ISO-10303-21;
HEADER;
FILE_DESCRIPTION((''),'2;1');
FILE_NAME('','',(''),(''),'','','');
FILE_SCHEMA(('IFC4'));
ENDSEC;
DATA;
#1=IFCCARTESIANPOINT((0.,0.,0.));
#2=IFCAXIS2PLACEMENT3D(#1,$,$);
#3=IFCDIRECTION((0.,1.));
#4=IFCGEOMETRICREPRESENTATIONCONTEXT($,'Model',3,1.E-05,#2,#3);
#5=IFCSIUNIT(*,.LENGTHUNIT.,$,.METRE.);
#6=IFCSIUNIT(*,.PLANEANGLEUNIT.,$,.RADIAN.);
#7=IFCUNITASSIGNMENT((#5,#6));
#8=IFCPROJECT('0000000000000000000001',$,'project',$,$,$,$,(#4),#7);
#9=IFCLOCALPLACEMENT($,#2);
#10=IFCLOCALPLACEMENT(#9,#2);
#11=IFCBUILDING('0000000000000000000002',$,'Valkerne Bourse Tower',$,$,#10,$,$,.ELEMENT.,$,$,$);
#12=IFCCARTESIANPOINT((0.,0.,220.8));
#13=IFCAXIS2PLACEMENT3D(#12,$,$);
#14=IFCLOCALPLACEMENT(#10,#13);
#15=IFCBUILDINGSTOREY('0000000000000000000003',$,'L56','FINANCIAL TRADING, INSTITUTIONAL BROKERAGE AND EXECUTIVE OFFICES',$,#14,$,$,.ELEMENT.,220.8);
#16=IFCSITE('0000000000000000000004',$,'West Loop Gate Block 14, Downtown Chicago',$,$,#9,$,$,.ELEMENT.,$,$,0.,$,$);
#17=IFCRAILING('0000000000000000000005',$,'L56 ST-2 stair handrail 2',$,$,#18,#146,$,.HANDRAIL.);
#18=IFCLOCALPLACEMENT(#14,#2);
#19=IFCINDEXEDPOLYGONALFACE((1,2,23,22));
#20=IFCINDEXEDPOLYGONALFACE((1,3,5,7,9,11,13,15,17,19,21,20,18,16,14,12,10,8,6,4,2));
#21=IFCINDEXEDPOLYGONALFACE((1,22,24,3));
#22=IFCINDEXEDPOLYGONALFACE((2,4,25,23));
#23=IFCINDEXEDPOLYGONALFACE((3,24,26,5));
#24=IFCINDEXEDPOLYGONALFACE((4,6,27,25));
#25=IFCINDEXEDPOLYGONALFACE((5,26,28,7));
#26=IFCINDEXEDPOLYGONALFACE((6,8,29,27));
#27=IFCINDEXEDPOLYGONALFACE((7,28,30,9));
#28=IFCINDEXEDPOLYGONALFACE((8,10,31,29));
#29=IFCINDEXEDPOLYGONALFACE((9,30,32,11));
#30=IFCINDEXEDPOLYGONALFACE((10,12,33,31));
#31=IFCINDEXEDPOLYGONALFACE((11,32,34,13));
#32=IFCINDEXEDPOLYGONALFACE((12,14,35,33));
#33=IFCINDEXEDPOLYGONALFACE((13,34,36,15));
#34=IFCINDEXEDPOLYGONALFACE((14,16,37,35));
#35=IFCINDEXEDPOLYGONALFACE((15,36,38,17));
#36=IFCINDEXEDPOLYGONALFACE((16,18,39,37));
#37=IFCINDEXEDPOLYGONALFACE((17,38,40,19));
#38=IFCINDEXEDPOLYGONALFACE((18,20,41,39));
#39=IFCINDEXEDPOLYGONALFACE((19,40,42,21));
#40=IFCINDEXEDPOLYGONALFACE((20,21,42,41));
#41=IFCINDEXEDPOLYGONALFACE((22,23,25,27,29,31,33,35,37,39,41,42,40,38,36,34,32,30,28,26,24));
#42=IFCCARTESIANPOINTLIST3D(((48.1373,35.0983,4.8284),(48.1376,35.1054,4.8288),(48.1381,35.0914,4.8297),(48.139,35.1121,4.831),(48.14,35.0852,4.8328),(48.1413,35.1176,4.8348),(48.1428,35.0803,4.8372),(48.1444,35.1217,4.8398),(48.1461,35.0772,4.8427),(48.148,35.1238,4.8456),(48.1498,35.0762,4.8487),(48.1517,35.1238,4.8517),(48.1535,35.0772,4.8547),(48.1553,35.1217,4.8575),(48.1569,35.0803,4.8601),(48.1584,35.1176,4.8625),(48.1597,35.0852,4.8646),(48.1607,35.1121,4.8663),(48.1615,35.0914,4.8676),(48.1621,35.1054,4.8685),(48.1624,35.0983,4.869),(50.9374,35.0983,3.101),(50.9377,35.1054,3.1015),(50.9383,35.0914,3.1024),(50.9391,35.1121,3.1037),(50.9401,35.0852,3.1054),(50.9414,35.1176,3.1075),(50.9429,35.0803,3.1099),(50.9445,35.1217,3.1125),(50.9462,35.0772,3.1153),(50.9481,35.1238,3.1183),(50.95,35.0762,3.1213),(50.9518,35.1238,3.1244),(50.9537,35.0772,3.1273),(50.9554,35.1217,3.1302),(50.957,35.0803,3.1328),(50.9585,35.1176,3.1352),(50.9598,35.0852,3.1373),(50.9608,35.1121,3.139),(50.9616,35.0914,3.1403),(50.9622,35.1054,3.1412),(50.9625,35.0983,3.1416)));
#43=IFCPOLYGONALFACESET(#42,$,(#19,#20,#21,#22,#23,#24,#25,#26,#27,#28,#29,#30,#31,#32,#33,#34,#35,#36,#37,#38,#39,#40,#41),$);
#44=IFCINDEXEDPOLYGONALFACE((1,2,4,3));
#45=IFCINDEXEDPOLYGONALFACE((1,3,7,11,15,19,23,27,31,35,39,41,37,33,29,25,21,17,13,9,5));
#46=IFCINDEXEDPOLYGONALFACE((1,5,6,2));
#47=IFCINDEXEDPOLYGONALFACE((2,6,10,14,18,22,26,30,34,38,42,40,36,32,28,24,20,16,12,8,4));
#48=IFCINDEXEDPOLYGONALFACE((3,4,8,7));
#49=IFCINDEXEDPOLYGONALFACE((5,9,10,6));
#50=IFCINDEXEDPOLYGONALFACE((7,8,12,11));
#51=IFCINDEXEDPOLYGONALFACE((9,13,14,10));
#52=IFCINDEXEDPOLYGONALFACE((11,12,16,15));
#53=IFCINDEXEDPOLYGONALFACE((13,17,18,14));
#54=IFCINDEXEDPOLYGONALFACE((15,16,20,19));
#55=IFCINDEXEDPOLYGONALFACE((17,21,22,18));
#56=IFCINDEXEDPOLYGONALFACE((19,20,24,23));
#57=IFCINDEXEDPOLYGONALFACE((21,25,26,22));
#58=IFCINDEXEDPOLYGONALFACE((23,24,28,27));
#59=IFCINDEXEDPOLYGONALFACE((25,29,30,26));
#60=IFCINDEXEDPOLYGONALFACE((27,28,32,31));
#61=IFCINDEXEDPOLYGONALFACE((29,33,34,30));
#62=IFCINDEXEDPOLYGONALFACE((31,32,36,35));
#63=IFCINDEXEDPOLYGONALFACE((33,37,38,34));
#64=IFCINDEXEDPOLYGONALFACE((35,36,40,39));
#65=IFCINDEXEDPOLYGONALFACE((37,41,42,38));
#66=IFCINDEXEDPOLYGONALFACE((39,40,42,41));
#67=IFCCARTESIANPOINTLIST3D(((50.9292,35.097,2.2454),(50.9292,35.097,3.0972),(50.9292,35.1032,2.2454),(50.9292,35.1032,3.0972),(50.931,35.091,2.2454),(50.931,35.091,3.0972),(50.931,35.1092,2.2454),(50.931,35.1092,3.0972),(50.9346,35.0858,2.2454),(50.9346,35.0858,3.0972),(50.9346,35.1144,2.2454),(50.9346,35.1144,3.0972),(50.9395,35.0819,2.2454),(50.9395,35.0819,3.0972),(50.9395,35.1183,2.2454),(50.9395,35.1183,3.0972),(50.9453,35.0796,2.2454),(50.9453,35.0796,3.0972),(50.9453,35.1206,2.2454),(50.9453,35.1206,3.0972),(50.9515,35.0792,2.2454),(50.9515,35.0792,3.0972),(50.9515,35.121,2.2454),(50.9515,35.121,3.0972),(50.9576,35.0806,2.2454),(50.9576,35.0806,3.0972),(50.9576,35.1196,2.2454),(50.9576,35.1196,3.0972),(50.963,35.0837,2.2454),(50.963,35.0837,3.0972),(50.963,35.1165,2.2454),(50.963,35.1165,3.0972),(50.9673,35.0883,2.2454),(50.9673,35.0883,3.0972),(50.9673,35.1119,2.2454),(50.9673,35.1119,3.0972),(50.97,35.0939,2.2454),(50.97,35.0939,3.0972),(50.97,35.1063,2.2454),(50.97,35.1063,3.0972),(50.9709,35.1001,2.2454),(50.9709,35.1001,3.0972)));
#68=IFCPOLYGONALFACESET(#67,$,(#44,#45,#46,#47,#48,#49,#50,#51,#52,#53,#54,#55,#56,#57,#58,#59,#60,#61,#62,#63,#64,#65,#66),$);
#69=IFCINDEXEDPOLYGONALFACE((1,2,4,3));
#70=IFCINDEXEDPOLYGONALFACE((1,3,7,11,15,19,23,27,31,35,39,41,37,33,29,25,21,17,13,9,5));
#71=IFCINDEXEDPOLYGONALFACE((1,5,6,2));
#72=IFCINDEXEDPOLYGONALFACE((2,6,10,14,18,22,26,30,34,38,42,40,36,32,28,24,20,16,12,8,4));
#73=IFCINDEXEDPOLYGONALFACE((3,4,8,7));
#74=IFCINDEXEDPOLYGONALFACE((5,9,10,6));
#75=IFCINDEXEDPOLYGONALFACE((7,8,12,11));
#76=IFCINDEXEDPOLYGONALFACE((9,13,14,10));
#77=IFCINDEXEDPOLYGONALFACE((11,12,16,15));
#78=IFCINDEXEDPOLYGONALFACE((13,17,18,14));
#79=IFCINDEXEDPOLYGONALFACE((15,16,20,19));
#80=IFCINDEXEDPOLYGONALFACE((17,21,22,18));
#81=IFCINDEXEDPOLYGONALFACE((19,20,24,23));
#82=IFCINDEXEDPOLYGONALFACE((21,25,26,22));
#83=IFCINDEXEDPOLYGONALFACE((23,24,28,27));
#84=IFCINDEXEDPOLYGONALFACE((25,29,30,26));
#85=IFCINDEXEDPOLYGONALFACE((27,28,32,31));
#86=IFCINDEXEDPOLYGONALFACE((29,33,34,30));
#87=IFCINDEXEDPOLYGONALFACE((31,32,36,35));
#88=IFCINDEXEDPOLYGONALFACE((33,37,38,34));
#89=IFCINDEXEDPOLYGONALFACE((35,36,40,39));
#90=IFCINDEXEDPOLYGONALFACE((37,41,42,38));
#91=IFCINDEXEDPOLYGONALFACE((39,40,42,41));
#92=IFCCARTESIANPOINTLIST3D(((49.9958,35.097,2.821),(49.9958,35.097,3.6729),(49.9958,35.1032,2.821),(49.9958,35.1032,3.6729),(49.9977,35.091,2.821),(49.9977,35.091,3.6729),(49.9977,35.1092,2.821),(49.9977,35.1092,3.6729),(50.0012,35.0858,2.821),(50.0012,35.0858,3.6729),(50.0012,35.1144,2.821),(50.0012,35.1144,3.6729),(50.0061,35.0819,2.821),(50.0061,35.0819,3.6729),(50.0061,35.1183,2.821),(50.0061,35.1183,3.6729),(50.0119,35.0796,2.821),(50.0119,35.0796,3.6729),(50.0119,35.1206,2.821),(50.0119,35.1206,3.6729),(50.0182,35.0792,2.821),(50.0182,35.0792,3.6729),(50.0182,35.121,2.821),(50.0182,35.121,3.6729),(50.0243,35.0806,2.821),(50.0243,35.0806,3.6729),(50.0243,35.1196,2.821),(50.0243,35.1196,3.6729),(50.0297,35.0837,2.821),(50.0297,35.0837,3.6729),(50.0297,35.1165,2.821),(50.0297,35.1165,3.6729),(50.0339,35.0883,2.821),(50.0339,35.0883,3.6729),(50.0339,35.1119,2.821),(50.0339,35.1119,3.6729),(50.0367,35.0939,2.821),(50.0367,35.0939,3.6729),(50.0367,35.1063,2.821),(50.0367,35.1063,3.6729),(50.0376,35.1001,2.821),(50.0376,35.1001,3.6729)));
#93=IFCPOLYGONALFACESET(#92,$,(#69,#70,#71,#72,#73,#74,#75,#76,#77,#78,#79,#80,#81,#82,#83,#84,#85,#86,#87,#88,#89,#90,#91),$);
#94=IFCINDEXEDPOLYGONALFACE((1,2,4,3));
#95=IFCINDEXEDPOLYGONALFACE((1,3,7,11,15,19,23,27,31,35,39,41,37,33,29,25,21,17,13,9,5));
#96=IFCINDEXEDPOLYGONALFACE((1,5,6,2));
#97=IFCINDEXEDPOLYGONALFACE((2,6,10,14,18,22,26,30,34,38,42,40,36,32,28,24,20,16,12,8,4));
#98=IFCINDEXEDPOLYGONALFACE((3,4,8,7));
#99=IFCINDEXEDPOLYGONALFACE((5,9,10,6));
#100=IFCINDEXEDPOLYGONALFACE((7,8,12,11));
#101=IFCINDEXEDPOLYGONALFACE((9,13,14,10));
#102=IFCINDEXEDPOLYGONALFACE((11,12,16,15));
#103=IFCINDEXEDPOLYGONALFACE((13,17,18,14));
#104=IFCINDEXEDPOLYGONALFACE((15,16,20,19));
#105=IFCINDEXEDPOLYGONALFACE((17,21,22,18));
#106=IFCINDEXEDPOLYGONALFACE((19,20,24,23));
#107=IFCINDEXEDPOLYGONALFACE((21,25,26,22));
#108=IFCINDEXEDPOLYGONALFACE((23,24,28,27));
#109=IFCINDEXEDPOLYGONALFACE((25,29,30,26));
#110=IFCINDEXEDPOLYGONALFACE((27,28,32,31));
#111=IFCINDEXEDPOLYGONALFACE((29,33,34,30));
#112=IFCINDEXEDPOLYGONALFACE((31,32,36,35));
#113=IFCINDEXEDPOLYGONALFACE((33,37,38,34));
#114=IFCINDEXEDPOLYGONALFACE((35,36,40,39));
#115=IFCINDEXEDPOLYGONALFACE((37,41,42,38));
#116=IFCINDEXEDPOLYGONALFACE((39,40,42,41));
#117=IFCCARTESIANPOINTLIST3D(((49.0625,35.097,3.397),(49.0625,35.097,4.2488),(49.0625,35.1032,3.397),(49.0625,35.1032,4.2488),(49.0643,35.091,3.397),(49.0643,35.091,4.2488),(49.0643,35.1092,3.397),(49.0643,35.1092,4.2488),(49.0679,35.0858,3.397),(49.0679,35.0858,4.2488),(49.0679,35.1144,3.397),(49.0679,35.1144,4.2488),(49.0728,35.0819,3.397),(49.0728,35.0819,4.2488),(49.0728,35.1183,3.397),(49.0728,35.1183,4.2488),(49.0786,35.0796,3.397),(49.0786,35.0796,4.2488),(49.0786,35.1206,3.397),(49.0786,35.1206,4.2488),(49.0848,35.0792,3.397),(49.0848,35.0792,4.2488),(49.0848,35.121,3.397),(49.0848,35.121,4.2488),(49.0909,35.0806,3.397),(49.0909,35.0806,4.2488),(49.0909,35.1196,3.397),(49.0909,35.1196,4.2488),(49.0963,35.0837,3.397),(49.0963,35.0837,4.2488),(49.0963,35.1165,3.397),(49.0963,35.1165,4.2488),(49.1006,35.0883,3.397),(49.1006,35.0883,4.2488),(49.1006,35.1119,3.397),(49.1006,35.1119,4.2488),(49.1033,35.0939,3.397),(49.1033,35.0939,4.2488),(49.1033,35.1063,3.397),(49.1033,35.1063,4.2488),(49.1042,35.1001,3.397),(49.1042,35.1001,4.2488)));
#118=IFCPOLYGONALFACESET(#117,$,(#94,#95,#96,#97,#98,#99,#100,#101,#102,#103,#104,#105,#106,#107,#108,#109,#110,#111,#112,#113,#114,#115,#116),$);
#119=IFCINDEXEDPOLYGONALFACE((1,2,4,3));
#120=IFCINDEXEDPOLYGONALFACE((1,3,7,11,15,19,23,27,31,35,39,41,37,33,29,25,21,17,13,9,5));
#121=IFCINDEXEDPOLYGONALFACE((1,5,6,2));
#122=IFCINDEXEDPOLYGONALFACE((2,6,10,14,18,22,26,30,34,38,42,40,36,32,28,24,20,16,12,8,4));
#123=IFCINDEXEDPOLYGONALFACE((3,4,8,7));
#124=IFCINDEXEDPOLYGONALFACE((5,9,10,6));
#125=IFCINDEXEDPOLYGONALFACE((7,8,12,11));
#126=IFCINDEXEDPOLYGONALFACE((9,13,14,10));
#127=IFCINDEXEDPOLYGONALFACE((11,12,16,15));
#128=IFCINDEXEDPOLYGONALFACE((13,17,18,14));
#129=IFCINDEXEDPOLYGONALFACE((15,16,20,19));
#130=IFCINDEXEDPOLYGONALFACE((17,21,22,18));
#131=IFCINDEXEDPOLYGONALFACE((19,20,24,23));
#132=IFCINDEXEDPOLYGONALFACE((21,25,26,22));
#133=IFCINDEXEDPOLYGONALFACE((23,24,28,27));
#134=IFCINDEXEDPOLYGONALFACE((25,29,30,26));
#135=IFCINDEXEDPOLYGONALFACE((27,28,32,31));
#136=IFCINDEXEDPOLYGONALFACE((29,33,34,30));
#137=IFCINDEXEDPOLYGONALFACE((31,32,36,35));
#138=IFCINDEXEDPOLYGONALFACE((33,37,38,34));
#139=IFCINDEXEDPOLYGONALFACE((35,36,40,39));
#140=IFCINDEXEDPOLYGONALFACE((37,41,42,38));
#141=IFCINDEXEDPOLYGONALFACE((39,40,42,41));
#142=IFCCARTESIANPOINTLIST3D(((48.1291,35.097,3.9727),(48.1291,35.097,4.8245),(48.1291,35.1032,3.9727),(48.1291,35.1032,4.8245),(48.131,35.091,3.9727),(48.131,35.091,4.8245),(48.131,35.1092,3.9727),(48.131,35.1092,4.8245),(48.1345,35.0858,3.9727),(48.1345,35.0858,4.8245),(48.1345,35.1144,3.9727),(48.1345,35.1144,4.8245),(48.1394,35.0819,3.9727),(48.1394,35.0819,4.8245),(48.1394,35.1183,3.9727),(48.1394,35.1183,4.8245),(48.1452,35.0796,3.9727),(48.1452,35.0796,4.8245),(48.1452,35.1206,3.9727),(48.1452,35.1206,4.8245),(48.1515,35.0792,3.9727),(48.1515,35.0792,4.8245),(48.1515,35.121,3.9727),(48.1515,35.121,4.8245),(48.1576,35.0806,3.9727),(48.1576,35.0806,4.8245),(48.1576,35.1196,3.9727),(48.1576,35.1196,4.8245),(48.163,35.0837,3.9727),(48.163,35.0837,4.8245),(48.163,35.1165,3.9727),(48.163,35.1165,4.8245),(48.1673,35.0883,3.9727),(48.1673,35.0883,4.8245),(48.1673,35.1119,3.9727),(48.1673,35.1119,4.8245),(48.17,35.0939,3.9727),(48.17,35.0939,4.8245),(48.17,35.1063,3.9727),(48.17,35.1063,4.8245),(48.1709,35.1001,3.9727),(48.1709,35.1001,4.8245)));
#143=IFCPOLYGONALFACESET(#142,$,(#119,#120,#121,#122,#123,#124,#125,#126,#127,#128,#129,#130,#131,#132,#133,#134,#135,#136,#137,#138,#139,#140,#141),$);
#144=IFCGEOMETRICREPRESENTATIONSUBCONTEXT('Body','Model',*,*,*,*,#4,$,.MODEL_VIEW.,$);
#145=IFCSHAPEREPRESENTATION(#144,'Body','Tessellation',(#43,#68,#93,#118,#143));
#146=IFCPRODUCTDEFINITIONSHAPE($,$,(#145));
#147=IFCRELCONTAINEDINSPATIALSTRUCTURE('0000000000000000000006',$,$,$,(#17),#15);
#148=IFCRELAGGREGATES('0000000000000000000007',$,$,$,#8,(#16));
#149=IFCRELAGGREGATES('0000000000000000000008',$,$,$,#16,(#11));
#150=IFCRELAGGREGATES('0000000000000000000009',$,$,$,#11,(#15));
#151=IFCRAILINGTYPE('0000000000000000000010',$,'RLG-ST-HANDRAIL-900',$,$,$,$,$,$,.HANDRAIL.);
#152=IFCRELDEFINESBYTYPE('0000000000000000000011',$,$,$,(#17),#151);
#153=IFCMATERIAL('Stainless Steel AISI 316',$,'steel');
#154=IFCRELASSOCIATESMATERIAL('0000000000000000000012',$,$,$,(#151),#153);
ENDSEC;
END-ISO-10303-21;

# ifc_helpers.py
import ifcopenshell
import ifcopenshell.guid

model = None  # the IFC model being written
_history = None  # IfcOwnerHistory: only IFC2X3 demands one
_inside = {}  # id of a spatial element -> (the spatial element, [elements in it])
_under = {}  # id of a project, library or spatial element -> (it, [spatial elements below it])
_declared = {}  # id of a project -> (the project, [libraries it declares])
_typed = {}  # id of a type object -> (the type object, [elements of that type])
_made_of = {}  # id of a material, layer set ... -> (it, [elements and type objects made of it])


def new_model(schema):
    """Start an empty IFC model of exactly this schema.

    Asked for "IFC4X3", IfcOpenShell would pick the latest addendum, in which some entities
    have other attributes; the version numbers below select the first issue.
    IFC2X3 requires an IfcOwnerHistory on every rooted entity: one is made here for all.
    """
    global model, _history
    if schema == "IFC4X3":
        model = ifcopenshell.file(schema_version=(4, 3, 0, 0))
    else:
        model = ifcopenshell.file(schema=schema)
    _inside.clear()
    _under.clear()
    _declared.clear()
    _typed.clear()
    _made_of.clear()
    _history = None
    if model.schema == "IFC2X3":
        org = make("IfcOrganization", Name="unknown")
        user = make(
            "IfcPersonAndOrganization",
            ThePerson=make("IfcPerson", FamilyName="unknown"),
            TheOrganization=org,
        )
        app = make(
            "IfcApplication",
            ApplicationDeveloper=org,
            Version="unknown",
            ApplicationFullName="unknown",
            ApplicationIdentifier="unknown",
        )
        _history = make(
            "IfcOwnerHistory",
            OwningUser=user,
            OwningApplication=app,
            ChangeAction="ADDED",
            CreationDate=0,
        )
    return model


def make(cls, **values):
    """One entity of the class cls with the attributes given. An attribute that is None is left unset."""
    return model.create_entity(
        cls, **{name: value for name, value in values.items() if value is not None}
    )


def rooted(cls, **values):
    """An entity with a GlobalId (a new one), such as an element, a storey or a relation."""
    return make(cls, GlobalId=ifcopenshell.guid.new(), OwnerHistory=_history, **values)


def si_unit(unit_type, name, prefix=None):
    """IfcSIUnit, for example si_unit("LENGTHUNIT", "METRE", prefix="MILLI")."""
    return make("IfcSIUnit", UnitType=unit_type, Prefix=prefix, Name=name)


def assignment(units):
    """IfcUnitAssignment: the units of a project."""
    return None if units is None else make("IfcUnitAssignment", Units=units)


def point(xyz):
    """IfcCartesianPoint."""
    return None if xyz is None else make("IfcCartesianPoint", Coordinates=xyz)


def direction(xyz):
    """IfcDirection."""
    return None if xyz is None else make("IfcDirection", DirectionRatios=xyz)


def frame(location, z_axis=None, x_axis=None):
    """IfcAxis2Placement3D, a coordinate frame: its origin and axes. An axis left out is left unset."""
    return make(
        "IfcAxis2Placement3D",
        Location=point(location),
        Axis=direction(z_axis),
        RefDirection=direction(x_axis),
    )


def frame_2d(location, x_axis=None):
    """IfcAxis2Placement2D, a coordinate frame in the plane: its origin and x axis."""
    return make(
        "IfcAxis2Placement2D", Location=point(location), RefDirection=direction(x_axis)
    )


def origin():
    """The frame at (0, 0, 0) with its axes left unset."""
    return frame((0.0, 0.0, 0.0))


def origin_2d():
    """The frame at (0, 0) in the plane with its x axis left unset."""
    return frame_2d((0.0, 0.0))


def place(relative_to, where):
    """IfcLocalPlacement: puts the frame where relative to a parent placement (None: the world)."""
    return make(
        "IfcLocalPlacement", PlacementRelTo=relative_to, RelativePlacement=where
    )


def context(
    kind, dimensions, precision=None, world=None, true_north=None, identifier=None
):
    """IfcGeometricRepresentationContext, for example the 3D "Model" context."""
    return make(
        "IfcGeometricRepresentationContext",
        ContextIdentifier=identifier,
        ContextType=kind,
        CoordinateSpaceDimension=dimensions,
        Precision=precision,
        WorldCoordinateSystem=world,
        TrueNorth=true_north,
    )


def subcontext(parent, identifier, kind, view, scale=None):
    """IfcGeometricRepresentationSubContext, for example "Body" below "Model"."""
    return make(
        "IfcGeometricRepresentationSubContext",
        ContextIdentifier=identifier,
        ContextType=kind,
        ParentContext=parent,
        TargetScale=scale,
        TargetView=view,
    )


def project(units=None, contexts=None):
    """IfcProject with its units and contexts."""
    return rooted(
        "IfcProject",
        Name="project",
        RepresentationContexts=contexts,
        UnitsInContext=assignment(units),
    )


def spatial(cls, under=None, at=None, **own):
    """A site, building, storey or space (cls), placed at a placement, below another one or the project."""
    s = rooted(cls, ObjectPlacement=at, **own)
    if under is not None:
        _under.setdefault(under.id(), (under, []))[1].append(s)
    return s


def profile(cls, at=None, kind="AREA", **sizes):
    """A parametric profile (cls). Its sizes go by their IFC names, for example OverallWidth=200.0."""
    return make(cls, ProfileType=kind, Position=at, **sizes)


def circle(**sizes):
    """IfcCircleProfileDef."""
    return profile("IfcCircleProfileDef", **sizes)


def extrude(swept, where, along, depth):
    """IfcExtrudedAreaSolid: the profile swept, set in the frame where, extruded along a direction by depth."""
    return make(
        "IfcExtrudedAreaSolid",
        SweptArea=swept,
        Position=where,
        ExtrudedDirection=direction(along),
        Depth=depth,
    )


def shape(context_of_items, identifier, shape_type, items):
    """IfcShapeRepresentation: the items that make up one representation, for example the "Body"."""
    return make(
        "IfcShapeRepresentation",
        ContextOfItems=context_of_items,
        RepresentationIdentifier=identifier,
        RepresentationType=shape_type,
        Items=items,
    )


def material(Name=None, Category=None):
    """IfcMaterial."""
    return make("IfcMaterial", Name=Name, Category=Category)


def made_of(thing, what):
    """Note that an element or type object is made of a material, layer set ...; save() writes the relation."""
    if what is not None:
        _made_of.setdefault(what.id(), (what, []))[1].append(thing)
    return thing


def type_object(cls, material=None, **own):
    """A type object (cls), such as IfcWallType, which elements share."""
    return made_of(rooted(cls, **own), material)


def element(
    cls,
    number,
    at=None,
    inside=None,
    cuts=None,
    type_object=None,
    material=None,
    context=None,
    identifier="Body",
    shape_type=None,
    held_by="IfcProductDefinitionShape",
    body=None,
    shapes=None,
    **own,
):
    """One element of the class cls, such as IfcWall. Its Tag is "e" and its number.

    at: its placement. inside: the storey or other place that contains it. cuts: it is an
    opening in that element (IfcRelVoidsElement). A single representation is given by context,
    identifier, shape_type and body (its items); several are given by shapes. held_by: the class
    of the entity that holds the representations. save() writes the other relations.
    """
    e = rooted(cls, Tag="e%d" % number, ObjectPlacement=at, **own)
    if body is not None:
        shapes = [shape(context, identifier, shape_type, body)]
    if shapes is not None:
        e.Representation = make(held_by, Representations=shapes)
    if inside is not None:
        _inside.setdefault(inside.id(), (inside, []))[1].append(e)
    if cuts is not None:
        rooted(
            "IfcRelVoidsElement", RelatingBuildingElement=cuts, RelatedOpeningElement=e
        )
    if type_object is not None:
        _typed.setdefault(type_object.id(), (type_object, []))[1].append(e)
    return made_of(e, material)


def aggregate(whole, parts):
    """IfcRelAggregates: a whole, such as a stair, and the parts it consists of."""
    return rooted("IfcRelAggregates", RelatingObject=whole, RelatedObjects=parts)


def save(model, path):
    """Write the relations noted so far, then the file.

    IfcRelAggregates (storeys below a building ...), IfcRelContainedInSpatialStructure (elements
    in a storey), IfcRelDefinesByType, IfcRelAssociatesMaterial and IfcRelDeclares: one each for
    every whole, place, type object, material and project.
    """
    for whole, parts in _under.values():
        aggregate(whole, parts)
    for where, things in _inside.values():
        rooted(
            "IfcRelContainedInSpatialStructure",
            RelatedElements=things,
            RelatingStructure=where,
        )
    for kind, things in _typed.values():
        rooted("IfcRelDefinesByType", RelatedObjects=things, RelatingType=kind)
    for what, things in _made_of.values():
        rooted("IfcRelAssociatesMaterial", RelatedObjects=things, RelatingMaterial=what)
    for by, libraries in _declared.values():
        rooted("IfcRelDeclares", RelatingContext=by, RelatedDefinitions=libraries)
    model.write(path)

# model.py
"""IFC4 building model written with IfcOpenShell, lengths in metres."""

from ifc_helpers import new_model, si_unit, direction, frame, origin, origin_2d, place, context, subcontext, project, spatial, circle, extrude, material, type_object, element, save


model = new_model("IFC4")

# Units and contexts
model_context = context("Model", 3, precision=1e-05, world=origin(), true_north=direction((0.0, 1.0)))
body_context = subcontext(model_context, "Body", "Model", "MODEL_VIEW")
ifc_project = project(units=[si_unit("LENGTHUNIT", "METRE"), si_unit("PLANEANGLEUNIT", "RADIAN")], contexts=[model_context])

# Site, building, storey
site_placement = place(None, origin())
site = spatial("IfcSite", under=ifc_project, at=site_placement, Name="West Loop Gate Block 14, Downtown Chicago", CompositionType="ELEMENT", RefElevation=0.0)
building_placement = place(site_placement, origin())
building = spatial("IfcBuilding", under=site, at=building_placement, Name="Valkerne Bourse Tower", CompositionType="ELEMENT")
storey_placement = place(building_placement, frame((0.0, 0.0, 220.8)))
storey = spatial("IfcBuildingStorey", under=building, at=storey_placement, Name="L56", Description="FINANCIAL TRADING, INSTITUTIONAL BROKERAGE AND EXECUTIVE OFFICES", CompositionType="ELEMENT", Elevation=220.8)

# Railing
ifc_material_1 = material(Name="Stainless Steel AISI 316", Category="steel")
railing_type_1 = type_object("IfcRailingType", Name="RLG-ST-HANDRAIL-900", PredefinedType="HANDRAIL", material=ifc_material_1)
railing_1_placement = place(storey_placement, frame((50.95, 35.1001, 2.2454)))
element("IfcRailing", 1, at=railing_1_placement, inside=storey, type_object=railing_type_1, Name="L56 ST-2 stair handrail 2", PredefinedType="HANDRAIL", context=body_context, shape_type="SweptSolid", body=[
    extrude(circle(Radius=0.0239, at=origin_2d()), frame((0.0, 0.0, 0.876), z_axis=(-0.85109, 0.0, 0.52502), x_axis=(0.0, -1.0, 0.0)), (0.0, 0.0, 1.0), 3.29),
    extrude(circle(Radius=0.021, at=origin_2d()), origin(), (0.0, 0.0, 1.0), 0.8518),
    extrude(circle(Radius=0.021, at=origin_2d()), frame((-0.9333, 0.0, 0.5757)), (0.0, 0.0, 1.0), 0.8518),
    extrude(circle(Radius=0.021, at=origin_2d()), frame((-1.8667, 0.0, 1.1516)), (0.0, 0.0, 1.0), 0.8518),
    extrude(circle(Radius=0.021, at=origin_2d()), frame((-2.8, 0.0, 1.7273)), (0.0, 0.0, 1.0), 0.8518),
])

save(model, "model.ifc")
